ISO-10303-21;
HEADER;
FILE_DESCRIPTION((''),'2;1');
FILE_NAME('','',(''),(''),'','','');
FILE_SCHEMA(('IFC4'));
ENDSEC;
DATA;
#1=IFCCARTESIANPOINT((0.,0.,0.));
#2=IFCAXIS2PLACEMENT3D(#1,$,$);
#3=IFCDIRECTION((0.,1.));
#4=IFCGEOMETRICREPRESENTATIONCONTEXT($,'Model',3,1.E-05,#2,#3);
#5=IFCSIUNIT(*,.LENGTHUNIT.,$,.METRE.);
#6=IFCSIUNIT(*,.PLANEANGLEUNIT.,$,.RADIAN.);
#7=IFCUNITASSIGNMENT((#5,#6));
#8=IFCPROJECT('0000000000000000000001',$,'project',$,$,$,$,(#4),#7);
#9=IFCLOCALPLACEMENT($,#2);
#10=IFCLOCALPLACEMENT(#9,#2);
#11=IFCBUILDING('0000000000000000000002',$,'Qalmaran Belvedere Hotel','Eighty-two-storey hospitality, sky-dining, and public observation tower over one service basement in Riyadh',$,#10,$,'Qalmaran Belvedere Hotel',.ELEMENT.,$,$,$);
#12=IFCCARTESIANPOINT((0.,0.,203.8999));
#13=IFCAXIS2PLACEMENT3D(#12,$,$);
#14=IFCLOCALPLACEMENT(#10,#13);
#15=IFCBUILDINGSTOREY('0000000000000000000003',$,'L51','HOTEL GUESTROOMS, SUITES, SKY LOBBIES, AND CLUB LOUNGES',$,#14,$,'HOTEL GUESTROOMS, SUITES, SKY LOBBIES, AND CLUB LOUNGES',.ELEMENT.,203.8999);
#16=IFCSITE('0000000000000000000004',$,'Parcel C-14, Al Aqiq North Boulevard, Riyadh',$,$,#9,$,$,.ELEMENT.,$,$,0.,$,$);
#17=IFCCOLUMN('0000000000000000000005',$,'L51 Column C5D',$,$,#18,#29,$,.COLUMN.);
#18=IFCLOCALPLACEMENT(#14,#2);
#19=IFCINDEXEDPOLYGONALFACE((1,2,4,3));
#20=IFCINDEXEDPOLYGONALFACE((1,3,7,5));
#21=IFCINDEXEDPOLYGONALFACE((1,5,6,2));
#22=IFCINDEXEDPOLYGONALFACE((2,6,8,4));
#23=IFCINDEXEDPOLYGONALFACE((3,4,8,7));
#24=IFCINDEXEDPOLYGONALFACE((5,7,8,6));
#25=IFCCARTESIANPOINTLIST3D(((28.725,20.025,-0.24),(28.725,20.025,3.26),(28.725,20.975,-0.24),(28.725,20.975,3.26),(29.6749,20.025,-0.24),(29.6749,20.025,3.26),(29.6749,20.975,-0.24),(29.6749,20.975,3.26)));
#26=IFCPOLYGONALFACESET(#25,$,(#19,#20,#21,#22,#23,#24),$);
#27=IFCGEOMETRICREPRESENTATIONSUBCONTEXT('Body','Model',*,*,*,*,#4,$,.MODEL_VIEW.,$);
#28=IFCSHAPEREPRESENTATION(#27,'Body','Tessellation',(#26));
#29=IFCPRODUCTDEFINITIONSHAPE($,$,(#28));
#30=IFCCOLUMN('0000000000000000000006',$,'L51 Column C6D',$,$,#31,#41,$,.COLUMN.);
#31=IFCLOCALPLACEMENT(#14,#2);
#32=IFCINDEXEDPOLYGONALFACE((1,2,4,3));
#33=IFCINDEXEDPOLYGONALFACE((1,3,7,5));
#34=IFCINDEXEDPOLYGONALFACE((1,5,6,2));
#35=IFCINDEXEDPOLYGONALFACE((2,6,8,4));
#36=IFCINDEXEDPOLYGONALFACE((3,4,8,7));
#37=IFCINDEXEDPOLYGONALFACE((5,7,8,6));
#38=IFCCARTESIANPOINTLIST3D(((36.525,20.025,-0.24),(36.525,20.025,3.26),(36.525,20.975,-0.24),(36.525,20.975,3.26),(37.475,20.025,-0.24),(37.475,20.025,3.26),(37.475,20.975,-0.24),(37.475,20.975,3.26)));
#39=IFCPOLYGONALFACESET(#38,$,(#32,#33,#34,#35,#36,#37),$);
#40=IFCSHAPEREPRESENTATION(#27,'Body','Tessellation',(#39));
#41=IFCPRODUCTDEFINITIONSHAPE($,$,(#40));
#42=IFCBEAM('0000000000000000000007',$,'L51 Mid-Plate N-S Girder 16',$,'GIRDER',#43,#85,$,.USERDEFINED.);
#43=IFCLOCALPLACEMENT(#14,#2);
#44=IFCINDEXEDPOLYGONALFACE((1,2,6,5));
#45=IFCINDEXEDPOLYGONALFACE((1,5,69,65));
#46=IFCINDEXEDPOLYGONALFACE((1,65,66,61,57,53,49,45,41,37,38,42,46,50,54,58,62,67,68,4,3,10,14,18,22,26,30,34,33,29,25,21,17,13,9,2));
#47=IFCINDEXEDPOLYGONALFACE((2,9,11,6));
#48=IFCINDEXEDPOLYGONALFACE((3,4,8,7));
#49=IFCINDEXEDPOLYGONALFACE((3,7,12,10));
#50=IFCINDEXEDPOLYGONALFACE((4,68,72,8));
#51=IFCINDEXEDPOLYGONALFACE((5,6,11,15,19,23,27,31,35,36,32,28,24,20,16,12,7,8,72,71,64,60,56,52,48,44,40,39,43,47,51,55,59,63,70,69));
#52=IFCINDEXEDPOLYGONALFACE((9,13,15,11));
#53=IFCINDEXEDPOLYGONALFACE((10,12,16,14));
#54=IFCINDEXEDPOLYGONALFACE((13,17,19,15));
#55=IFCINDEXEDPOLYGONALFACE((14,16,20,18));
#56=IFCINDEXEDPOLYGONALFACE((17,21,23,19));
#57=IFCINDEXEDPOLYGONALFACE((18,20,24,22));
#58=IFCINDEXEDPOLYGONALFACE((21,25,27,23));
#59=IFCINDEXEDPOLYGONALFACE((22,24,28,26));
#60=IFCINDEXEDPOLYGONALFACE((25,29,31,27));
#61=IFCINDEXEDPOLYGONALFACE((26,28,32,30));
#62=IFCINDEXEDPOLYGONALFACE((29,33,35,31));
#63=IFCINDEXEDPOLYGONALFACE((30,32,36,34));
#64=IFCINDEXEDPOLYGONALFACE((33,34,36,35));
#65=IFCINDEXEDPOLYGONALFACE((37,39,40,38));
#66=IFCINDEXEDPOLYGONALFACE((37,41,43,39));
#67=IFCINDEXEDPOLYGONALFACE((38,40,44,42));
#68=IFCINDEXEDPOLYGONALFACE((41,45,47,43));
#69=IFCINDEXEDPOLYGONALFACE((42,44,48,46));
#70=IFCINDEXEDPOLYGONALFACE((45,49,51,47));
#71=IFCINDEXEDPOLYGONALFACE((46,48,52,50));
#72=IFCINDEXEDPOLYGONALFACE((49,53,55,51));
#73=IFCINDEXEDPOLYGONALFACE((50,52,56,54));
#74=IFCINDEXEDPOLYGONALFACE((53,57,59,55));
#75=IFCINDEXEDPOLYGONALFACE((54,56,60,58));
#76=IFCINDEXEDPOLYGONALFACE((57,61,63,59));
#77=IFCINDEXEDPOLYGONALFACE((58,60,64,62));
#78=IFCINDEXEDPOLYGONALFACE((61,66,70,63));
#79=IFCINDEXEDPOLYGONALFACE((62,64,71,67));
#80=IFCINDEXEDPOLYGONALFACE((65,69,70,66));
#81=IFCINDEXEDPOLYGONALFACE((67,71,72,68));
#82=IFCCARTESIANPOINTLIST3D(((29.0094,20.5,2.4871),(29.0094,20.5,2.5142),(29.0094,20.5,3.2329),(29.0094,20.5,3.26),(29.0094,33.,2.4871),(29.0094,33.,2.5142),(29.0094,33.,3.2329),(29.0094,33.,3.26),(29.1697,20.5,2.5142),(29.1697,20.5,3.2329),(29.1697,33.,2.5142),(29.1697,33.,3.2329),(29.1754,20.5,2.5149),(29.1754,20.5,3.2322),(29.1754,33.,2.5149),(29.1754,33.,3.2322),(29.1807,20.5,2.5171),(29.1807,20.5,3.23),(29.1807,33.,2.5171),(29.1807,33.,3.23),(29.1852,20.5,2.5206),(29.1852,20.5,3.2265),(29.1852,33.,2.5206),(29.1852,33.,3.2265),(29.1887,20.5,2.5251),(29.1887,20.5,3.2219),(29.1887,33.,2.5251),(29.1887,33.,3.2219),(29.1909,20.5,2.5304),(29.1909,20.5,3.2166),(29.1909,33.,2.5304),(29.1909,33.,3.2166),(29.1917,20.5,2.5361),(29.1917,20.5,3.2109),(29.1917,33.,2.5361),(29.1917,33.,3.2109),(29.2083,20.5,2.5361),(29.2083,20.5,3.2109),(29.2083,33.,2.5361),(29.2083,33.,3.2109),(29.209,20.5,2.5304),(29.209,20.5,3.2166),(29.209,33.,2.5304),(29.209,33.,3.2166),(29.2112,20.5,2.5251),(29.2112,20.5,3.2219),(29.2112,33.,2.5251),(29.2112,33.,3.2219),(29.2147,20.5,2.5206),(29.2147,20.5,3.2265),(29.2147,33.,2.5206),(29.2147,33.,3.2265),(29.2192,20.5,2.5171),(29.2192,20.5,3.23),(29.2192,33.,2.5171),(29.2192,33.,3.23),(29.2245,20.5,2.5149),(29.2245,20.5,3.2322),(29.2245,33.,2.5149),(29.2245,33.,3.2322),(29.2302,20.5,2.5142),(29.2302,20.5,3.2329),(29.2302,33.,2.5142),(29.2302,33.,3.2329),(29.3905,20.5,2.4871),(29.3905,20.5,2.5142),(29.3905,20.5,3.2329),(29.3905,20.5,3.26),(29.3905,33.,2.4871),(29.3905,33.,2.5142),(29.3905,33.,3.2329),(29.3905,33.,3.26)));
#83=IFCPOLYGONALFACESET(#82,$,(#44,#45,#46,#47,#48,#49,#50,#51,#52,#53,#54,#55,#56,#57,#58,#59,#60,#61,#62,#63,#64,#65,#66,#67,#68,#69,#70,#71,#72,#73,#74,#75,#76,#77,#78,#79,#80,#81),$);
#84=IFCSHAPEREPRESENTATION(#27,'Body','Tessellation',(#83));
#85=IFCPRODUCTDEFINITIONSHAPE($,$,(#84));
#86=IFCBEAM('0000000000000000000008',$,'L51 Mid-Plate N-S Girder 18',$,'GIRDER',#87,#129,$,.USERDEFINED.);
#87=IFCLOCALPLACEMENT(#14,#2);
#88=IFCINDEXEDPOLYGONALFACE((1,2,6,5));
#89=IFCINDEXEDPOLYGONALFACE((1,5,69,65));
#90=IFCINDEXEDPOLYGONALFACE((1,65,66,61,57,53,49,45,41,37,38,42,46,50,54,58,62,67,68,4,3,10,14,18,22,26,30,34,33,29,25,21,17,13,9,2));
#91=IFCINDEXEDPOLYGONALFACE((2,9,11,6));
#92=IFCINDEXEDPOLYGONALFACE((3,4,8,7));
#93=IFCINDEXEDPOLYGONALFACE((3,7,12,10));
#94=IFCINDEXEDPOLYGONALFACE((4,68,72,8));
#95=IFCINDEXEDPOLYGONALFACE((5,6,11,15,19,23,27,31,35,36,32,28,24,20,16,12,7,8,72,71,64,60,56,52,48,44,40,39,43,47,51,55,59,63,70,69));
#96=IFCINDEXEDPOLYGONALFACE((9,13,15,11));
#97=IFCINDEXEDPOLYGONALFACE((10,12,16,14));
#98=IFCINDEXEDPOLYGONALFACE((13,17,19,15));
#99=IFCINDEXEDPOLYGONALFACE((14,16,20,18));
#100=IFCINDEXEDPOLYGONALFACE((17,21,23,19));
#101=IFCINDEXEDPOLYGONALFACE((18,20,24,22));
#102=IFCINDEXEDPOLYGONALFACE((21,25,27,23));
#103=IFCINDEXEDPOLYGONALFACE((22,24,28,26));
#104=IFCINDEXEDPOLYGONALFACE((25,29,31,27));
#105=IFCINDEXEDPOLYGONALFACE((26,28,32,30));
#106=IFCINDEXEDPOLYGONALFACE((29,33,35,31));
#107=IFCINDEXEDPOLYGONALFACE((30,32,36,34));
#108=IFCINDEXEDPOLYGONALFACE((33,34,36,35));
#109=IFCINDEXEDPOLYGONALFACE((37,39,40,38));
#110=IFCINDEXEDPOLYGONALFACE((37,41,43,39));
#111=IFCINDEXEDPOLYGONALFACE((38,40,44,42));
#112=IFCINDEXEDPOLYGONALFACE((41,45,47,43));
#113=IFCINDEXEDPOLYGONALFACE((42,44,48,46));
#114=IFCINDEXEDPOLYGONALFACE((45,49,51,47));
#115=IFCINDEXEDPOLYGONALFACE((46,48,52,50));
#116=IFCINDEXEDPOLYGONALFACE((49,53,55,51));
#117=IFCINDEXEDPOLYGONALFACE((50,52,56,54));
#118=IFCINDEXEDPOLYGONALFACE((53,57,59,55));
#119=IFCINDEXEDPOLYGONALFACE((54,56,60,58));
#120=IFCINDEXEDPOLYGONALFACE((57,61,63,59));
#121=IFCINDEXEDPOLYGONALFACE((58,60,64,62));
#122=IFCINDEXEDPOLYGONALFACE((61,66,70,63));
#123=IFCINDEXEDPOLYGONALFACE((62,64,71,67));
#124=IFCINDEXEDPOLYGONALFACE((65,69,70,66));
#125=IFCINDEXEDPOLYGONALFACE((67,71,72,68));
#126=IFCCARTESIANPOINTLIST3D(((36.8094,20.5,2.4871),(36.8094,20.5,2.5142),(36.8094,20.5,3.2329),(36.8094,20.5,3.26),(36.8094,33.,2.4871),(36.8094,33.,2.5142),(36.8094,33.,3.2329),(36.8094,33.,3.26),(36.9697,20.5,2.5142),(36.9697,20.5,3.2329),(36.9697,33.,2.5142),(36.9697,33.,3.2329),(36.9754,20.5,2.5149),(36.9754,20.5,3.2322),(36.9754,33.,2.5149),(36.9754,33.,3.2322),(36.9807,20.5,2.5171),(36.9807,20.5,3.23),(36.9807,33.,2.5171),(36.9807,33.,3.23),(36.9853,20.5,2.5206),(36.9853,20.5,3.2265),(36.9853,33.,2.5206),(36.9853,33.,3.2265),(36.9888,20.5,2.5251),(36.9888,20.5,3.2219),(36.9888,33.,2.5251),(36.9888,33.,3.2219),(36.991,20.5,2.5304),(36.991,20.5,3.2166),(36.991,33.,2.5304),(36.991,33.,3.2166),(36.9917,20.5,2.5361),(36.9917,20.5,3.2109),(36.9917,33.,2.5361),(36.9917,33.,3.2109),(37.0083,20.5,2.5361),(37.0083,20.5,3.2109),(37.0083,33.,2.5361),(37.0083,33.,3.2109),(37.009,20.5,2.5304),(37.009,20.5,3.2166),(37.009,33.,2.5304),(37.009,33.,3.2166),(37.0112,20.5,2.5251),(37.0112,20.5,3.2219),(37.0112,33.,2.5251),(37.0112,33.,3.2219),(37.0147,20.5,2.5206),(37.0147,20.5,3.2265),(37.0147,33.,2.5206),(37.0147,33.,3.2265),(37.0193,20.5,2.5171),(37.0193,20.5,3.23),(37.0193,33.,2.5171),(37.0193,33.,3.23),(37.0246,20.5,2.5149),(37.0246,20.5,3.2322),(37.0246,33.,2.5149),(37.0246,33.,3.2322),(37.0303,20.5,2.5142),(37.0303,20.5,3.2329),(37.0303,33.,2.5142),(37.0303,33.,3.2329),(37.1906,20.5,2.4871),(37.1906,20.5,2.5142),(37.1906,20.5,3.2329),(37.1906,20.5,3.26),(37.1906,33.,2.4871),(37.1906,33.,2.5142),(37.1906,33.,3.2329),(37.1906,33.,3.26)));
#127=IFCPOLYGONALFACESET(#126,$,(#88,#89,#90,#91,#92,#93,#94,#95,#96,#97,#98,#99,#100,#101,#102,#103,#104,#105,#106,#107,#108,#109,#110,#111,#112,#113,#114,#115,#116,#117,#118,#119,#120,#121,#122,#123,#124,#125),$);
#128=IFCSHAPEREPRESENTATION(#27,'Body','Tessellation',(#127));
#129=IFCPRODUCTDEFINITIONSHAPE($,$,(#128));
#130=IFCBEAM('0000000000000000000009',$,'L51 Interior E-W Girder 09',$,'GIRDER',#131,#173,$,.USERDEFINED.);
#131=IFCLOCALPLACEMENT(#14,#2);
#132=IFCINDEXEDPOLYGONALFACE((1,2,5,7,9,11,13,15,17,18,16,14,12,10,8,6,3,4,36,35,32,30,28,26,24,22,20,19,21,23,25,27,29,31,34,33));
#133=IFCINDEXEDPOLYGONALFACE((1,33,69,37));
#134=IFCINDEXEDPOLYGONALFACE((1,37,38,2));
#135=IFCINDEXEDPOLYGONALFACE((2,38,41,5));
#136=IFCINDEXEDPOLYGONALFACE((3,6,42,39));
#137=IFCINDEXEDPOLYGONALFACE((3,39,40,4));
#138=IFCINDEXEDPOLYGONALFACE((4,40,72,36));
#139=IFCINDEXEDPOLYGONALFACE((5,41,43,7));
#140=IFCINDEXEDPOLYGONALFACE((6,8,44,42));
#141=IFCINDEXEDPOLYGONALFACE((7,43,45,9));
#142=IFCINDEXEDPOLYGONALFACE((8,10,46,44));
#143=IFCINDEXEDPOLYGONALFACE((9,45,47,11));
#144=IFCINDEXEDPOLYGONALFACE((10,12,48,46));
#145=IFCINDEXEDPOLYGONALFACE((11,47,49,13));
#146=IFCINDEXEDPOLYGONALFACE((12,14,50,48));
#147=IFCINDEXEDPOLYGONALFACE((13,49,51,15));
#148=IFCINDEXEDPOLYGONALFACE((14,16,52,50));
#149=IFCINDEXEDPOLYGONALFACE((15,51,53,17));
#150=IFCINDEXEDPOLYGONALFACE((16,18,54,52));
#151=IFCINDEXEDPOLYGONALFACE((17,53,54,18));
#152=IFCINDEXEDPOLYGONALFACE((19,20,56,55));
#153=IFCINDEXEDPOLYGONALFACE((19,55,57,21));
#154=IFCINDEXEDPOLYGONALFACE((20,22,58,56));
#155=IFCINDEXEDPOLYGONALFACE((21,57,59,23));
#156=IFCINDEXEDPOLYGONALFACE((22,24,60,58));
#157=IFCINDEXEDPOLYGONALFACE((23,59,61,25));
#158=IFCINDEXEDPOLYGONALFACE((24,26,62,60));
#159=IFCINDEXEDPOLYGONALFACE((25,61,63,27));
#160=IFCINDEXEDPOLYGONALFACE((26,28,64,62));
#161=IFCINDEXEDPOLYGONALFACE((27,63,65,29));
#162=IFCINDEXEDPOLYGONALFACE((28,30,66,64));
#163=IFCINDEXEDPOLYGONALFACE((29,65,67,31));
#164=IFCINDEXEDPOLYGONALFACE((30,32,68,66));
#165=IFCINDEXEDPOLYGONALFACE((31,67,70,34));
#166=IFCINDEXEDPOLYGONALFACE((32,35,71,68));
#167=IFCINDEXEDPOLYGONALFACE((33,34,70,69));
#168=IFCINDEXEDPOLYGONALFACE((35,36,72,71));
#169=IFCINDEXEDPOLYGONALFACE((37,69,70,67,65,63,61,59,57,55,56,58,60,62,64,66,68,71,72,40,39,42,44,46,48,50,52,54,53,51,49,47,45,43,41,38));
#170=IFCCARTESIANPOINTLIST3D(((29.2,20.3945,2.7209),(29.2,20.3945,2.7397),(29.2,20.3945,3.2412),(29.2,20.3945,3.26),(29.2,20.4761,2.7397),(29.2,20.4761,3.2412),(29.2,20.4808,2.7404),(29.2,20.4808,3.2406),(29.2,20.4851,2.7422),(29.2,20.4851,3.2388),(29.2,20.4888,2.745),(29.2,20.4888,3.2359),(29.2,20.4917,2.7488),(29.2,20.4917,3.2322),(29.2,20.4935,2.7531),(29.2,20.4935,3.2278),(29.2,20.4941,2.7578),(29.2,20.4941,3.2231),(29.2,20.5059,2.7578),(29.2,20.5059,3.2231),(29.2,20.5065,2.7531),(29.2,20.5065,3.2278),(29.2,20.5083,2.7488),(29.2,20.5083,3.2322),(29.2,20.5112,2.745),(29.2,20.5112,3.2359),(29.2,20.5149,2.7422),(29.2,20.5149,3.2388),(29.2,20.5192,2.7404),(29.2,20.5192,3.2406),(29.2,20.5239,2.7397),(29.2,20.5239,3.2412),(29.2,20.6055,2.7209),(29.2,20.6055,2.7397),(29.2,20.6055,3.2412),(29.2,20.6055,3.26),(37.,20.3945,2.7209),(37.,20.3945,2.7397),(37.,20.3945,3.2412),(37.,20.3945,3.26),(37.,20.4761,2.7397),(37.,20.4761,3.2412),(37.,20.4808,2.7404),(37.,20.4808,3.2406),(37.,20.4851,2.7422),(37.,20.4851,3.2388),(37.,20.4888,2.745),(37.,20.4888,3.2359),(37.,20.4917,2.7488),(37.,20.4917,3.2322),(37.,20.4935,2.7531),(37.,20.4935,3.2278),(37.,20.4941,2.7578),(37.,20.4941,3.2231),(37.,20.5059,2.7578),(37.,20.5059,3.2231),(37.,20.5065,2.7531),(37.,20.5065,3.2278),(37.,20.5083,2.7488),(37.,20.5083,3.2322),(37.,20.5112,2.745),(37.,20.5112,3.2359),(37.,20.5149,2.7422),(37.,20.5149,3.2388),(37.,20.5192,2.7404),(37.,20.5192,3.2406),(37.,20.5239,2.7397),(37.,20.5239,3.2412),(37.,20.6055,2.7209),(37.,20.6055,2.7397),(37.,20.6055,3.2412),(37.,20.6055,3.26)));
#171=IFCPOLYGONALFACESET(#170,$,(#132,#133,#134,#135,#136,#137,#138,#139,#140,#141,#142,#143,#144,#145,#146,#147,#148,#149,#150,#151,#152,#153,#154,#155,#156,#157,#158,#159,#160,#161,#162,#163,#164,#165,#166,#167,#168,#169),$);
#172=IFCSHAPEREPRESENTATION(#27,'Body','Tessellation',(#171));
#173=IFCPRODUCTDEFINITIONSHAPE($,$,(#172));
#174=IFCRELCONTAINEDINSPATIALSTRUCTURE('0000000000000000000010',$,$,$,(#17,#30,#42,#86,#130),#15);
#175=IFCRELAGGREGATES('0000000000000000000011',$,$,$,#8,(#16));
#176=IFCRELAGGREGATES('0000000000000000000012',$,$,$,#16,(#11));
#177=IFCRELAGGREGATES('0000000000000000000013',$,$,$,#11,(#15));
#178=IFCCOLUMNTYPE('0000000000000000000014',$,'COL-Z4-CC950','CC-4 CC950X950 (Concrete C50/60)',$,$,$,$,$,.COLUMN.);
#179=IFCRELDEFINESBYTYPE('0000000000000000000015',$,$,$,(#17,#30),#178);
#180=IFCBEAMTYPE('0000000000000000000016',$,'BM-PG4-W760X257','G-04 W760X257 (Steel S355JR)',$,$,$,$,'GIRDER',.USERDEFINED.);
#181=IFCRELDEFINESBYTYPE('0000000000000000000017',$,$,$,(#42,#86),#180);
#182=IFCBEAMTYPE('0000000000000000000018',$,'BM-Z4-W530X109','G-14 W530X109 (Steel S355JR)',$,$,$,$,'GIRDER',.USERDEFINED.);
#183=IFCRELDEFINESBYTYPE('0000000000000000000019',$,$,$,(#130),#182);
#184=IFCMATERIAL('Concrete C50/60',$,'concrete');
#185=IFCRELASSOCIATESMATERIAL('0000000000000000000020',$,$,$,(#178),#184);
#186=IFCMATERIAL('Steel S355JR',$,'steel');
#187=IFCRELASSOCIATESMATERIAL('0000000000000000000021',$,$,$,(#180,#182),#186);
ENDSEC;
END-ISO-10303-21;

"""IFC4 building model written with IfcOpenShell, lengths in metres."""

from ifc_helpers import new_model, si_unit, direction, frame, origin, origin_2d, place, context, subcontext, project, spatial, rectangle, i_section, extrude, material, material_profile, profile_set, type_object, element, save


model = new_model("IFC4")

# Units and contexts
model_context = context("Model", 3, precision=1e-05, world=origin(), true_north=direction((0.0, 1.0)))
body_context = subcontext(model_context, "Body", "Model", "MODEL_VIEW")
ifc_project = project(units=[si_unit("LENGTHUNIT", "METRE"), si_unit("PLANEANGLEUNIT", "RADIAN")], contexts=[model_context])

# Site, building, storey
site_placement = place(None, origin())
site = spatial("IfcSite", under=ifc_project, at=site_placement, Name="Parcel C-14, Al Aqiq North Boulevard, Riyadh", CompositionType="ELEMENT", RefElevation=0.0)
building_placement = place(site_placement, origin())
building = spatial("IfcBuilding", under=site, at=building_placement, Name="Qalmaran Belvedere Hotel", Description="Eighty-two-storey hospitality, sky-dining, and public observation tower over one service basement in Riyadh", LongName="Qalmaran Belvedere Hotel", CompositionType="ELEMENT")
storey_placement = place(building_placement, frame((0.0, 0.0, 203.8999)))
storey = spatial("IfcBuildingStorey", under=building, at=storey_placement, Name="L51", Description="HOTEL GUESTROOMS, SUITES, SKY LOBBIES, AND CLUB LOUNGES", LongName="HOTEL GUESTROOMS, SUITES, SKY LOBBIES, AND CLUB LOUNGES", CompositionType="ELEMENT", Elevation=203.8999)

# Columns
ifc_material_1 = material(Name="Concrete C50/60", Category="concrete")
ifc_material_profile_1 = material_profile(ifc_material_1, rectangle(XDim=0.95, YDim=0.95, at=origin_2d()), Name="CC950X950")
ifc_profile_set_1 = profile_set([ifc_material_profile_1], Name="Concrete C50/60")
column_type = type_object("IfcColumnType", Name="COL-Z4-CC950", Description="CC-4 CC950X950 (Concrete C50/60)", PredefinedType="COLUMN", material=ifc_profile_set_1)
for number, where, z_axis, x_axis, name in (
    (1, (29.2, 20.5, -0.24), (0.0, 0.0, 1.0), (1.0, 0.0, 0.0), "L51 Column C5D"),
    (2, (37.0, 20.5, -0.24), (0.0, 0.0, 1.0), (1.0, 0.0, 0.0), "L51 Column C6D"),
):
    element("IfcColumn", number, at=place(storey_placement, frame(where, z_axis=z_axis, x_axis=x_axis)), inside=storey, type_object=column_type, Name=name, PredefinedType="COLUMN", context=body_context, shape_type="SweptSolid", body=[
        extrude(rectangle(XDim=0.95, YDim=0.95, at=origin_2d()), origin(), (0.0, 0.0, 1.0), 3.5),
    ])

# Beams
ifc_material_2 = material(Name="Steel S355JR", Category="steel")
ifc_material_profile_2 = material_profile(ifc_material_2, i_section(OverallWidth=0.3811, OverallDepth=0.7729, WebThickness=0.0166, FlangeThickness=0.0271, FilletRadius=0.022, at=origin_2d()), Name="W760X257")
ifc_profile_set_2 = profile_set([ifc_material_profile_2], Name="Steel S355JR")
beam_type_1 = type_object("IfcBeamType", Name="BM-PG4-W760X257", Description="G-04 W760X257 (Steel S355JR)", ElementType="GIRDER", PredefinedType="USERDEFINED", material=ifc_profile_set_2)
for number, where, z_axis, x_axis, name in (
    (3, (29.2, 20.5, 2.8735), (0.0, 1.0, 0.0), (-1.0, 0.0, 0.0), "L51 Mid-Plate N-S Girder 16"),
    (4, (37.0, 20.5, 2.8735), (0.0, 1.0, 0.0), (-1.0, 0.0, 0.0), "L51 Mid-Plate N-S Girder 18"),
):
    element("IfcBeam", number, at=place(storey_placement, frame(where, z_axis=z_axis, x_axis=x_axis)), inside=storey, type_object=beam_type_1, Name=name, ObjectType="GIRDER", PredefinedType="USERDEFINED", context=body_context, shape_type="SweptSolid", body=[
        extrude(i_section(OverallWidth=0.3811, OverallDepth=0.7729, WebThickness=0.0166, FlangeThickness=0.0271, FilletRadius=0.022, at=origin_2d()), origin(), (0.0, 0.0, 1.0), 12.5),
    ])
ifc_material_profile_3 = material_profile(ifc_material_2, i_section(OverallWidth=0.2109, OverallDepth=0.5391, WebThickness=0.0117, FlangeThickness=0.0188, FilletRadius=0.0181, at=origin_2d()), Name="W530X109")
ifc_profile_set_3 = profile_set([ifc_material_profile_3], Name="Steel S355JR")
beam_type_2 = type_object("IfcBeamType", Name="BM-Z4-W530X109", Description="G-14 W530X109 (Steel S355JR)", ElementType="GIRDER", PredefinedType="USERDEFINED", material=ifc_profile_set_3)
for number, where, z_axis, x_axis, name in (
    (5, (29.2, 20.5, 2.9905), (1.0, 0.0, 0.0), (0.0, 1.0, 0.0), "L51 Interior E-W Girder 09"),
):
    element("IfcBeam", number, at=place(storey_placement, frame(where, z_axis=z_axis, x_axis=x_axis)), inside=storey, type_object=beam_type_2, Name=name, ObjectType="GIRDER", PredefinedType="USERDEFINED", context=body_context, shape_type="SweptSolid", body=[
        extrude(i_section(OverallWidth=0.2109, OverallDepth=0.5391, WebThickness=0.0117, FlangeThickness=0.0188, FilletRadius=0.0181, at=origin_2d()), origin(), (0.0, 0.0, 1.0), 7.8),
    ])

save(model, "model.ifc")
